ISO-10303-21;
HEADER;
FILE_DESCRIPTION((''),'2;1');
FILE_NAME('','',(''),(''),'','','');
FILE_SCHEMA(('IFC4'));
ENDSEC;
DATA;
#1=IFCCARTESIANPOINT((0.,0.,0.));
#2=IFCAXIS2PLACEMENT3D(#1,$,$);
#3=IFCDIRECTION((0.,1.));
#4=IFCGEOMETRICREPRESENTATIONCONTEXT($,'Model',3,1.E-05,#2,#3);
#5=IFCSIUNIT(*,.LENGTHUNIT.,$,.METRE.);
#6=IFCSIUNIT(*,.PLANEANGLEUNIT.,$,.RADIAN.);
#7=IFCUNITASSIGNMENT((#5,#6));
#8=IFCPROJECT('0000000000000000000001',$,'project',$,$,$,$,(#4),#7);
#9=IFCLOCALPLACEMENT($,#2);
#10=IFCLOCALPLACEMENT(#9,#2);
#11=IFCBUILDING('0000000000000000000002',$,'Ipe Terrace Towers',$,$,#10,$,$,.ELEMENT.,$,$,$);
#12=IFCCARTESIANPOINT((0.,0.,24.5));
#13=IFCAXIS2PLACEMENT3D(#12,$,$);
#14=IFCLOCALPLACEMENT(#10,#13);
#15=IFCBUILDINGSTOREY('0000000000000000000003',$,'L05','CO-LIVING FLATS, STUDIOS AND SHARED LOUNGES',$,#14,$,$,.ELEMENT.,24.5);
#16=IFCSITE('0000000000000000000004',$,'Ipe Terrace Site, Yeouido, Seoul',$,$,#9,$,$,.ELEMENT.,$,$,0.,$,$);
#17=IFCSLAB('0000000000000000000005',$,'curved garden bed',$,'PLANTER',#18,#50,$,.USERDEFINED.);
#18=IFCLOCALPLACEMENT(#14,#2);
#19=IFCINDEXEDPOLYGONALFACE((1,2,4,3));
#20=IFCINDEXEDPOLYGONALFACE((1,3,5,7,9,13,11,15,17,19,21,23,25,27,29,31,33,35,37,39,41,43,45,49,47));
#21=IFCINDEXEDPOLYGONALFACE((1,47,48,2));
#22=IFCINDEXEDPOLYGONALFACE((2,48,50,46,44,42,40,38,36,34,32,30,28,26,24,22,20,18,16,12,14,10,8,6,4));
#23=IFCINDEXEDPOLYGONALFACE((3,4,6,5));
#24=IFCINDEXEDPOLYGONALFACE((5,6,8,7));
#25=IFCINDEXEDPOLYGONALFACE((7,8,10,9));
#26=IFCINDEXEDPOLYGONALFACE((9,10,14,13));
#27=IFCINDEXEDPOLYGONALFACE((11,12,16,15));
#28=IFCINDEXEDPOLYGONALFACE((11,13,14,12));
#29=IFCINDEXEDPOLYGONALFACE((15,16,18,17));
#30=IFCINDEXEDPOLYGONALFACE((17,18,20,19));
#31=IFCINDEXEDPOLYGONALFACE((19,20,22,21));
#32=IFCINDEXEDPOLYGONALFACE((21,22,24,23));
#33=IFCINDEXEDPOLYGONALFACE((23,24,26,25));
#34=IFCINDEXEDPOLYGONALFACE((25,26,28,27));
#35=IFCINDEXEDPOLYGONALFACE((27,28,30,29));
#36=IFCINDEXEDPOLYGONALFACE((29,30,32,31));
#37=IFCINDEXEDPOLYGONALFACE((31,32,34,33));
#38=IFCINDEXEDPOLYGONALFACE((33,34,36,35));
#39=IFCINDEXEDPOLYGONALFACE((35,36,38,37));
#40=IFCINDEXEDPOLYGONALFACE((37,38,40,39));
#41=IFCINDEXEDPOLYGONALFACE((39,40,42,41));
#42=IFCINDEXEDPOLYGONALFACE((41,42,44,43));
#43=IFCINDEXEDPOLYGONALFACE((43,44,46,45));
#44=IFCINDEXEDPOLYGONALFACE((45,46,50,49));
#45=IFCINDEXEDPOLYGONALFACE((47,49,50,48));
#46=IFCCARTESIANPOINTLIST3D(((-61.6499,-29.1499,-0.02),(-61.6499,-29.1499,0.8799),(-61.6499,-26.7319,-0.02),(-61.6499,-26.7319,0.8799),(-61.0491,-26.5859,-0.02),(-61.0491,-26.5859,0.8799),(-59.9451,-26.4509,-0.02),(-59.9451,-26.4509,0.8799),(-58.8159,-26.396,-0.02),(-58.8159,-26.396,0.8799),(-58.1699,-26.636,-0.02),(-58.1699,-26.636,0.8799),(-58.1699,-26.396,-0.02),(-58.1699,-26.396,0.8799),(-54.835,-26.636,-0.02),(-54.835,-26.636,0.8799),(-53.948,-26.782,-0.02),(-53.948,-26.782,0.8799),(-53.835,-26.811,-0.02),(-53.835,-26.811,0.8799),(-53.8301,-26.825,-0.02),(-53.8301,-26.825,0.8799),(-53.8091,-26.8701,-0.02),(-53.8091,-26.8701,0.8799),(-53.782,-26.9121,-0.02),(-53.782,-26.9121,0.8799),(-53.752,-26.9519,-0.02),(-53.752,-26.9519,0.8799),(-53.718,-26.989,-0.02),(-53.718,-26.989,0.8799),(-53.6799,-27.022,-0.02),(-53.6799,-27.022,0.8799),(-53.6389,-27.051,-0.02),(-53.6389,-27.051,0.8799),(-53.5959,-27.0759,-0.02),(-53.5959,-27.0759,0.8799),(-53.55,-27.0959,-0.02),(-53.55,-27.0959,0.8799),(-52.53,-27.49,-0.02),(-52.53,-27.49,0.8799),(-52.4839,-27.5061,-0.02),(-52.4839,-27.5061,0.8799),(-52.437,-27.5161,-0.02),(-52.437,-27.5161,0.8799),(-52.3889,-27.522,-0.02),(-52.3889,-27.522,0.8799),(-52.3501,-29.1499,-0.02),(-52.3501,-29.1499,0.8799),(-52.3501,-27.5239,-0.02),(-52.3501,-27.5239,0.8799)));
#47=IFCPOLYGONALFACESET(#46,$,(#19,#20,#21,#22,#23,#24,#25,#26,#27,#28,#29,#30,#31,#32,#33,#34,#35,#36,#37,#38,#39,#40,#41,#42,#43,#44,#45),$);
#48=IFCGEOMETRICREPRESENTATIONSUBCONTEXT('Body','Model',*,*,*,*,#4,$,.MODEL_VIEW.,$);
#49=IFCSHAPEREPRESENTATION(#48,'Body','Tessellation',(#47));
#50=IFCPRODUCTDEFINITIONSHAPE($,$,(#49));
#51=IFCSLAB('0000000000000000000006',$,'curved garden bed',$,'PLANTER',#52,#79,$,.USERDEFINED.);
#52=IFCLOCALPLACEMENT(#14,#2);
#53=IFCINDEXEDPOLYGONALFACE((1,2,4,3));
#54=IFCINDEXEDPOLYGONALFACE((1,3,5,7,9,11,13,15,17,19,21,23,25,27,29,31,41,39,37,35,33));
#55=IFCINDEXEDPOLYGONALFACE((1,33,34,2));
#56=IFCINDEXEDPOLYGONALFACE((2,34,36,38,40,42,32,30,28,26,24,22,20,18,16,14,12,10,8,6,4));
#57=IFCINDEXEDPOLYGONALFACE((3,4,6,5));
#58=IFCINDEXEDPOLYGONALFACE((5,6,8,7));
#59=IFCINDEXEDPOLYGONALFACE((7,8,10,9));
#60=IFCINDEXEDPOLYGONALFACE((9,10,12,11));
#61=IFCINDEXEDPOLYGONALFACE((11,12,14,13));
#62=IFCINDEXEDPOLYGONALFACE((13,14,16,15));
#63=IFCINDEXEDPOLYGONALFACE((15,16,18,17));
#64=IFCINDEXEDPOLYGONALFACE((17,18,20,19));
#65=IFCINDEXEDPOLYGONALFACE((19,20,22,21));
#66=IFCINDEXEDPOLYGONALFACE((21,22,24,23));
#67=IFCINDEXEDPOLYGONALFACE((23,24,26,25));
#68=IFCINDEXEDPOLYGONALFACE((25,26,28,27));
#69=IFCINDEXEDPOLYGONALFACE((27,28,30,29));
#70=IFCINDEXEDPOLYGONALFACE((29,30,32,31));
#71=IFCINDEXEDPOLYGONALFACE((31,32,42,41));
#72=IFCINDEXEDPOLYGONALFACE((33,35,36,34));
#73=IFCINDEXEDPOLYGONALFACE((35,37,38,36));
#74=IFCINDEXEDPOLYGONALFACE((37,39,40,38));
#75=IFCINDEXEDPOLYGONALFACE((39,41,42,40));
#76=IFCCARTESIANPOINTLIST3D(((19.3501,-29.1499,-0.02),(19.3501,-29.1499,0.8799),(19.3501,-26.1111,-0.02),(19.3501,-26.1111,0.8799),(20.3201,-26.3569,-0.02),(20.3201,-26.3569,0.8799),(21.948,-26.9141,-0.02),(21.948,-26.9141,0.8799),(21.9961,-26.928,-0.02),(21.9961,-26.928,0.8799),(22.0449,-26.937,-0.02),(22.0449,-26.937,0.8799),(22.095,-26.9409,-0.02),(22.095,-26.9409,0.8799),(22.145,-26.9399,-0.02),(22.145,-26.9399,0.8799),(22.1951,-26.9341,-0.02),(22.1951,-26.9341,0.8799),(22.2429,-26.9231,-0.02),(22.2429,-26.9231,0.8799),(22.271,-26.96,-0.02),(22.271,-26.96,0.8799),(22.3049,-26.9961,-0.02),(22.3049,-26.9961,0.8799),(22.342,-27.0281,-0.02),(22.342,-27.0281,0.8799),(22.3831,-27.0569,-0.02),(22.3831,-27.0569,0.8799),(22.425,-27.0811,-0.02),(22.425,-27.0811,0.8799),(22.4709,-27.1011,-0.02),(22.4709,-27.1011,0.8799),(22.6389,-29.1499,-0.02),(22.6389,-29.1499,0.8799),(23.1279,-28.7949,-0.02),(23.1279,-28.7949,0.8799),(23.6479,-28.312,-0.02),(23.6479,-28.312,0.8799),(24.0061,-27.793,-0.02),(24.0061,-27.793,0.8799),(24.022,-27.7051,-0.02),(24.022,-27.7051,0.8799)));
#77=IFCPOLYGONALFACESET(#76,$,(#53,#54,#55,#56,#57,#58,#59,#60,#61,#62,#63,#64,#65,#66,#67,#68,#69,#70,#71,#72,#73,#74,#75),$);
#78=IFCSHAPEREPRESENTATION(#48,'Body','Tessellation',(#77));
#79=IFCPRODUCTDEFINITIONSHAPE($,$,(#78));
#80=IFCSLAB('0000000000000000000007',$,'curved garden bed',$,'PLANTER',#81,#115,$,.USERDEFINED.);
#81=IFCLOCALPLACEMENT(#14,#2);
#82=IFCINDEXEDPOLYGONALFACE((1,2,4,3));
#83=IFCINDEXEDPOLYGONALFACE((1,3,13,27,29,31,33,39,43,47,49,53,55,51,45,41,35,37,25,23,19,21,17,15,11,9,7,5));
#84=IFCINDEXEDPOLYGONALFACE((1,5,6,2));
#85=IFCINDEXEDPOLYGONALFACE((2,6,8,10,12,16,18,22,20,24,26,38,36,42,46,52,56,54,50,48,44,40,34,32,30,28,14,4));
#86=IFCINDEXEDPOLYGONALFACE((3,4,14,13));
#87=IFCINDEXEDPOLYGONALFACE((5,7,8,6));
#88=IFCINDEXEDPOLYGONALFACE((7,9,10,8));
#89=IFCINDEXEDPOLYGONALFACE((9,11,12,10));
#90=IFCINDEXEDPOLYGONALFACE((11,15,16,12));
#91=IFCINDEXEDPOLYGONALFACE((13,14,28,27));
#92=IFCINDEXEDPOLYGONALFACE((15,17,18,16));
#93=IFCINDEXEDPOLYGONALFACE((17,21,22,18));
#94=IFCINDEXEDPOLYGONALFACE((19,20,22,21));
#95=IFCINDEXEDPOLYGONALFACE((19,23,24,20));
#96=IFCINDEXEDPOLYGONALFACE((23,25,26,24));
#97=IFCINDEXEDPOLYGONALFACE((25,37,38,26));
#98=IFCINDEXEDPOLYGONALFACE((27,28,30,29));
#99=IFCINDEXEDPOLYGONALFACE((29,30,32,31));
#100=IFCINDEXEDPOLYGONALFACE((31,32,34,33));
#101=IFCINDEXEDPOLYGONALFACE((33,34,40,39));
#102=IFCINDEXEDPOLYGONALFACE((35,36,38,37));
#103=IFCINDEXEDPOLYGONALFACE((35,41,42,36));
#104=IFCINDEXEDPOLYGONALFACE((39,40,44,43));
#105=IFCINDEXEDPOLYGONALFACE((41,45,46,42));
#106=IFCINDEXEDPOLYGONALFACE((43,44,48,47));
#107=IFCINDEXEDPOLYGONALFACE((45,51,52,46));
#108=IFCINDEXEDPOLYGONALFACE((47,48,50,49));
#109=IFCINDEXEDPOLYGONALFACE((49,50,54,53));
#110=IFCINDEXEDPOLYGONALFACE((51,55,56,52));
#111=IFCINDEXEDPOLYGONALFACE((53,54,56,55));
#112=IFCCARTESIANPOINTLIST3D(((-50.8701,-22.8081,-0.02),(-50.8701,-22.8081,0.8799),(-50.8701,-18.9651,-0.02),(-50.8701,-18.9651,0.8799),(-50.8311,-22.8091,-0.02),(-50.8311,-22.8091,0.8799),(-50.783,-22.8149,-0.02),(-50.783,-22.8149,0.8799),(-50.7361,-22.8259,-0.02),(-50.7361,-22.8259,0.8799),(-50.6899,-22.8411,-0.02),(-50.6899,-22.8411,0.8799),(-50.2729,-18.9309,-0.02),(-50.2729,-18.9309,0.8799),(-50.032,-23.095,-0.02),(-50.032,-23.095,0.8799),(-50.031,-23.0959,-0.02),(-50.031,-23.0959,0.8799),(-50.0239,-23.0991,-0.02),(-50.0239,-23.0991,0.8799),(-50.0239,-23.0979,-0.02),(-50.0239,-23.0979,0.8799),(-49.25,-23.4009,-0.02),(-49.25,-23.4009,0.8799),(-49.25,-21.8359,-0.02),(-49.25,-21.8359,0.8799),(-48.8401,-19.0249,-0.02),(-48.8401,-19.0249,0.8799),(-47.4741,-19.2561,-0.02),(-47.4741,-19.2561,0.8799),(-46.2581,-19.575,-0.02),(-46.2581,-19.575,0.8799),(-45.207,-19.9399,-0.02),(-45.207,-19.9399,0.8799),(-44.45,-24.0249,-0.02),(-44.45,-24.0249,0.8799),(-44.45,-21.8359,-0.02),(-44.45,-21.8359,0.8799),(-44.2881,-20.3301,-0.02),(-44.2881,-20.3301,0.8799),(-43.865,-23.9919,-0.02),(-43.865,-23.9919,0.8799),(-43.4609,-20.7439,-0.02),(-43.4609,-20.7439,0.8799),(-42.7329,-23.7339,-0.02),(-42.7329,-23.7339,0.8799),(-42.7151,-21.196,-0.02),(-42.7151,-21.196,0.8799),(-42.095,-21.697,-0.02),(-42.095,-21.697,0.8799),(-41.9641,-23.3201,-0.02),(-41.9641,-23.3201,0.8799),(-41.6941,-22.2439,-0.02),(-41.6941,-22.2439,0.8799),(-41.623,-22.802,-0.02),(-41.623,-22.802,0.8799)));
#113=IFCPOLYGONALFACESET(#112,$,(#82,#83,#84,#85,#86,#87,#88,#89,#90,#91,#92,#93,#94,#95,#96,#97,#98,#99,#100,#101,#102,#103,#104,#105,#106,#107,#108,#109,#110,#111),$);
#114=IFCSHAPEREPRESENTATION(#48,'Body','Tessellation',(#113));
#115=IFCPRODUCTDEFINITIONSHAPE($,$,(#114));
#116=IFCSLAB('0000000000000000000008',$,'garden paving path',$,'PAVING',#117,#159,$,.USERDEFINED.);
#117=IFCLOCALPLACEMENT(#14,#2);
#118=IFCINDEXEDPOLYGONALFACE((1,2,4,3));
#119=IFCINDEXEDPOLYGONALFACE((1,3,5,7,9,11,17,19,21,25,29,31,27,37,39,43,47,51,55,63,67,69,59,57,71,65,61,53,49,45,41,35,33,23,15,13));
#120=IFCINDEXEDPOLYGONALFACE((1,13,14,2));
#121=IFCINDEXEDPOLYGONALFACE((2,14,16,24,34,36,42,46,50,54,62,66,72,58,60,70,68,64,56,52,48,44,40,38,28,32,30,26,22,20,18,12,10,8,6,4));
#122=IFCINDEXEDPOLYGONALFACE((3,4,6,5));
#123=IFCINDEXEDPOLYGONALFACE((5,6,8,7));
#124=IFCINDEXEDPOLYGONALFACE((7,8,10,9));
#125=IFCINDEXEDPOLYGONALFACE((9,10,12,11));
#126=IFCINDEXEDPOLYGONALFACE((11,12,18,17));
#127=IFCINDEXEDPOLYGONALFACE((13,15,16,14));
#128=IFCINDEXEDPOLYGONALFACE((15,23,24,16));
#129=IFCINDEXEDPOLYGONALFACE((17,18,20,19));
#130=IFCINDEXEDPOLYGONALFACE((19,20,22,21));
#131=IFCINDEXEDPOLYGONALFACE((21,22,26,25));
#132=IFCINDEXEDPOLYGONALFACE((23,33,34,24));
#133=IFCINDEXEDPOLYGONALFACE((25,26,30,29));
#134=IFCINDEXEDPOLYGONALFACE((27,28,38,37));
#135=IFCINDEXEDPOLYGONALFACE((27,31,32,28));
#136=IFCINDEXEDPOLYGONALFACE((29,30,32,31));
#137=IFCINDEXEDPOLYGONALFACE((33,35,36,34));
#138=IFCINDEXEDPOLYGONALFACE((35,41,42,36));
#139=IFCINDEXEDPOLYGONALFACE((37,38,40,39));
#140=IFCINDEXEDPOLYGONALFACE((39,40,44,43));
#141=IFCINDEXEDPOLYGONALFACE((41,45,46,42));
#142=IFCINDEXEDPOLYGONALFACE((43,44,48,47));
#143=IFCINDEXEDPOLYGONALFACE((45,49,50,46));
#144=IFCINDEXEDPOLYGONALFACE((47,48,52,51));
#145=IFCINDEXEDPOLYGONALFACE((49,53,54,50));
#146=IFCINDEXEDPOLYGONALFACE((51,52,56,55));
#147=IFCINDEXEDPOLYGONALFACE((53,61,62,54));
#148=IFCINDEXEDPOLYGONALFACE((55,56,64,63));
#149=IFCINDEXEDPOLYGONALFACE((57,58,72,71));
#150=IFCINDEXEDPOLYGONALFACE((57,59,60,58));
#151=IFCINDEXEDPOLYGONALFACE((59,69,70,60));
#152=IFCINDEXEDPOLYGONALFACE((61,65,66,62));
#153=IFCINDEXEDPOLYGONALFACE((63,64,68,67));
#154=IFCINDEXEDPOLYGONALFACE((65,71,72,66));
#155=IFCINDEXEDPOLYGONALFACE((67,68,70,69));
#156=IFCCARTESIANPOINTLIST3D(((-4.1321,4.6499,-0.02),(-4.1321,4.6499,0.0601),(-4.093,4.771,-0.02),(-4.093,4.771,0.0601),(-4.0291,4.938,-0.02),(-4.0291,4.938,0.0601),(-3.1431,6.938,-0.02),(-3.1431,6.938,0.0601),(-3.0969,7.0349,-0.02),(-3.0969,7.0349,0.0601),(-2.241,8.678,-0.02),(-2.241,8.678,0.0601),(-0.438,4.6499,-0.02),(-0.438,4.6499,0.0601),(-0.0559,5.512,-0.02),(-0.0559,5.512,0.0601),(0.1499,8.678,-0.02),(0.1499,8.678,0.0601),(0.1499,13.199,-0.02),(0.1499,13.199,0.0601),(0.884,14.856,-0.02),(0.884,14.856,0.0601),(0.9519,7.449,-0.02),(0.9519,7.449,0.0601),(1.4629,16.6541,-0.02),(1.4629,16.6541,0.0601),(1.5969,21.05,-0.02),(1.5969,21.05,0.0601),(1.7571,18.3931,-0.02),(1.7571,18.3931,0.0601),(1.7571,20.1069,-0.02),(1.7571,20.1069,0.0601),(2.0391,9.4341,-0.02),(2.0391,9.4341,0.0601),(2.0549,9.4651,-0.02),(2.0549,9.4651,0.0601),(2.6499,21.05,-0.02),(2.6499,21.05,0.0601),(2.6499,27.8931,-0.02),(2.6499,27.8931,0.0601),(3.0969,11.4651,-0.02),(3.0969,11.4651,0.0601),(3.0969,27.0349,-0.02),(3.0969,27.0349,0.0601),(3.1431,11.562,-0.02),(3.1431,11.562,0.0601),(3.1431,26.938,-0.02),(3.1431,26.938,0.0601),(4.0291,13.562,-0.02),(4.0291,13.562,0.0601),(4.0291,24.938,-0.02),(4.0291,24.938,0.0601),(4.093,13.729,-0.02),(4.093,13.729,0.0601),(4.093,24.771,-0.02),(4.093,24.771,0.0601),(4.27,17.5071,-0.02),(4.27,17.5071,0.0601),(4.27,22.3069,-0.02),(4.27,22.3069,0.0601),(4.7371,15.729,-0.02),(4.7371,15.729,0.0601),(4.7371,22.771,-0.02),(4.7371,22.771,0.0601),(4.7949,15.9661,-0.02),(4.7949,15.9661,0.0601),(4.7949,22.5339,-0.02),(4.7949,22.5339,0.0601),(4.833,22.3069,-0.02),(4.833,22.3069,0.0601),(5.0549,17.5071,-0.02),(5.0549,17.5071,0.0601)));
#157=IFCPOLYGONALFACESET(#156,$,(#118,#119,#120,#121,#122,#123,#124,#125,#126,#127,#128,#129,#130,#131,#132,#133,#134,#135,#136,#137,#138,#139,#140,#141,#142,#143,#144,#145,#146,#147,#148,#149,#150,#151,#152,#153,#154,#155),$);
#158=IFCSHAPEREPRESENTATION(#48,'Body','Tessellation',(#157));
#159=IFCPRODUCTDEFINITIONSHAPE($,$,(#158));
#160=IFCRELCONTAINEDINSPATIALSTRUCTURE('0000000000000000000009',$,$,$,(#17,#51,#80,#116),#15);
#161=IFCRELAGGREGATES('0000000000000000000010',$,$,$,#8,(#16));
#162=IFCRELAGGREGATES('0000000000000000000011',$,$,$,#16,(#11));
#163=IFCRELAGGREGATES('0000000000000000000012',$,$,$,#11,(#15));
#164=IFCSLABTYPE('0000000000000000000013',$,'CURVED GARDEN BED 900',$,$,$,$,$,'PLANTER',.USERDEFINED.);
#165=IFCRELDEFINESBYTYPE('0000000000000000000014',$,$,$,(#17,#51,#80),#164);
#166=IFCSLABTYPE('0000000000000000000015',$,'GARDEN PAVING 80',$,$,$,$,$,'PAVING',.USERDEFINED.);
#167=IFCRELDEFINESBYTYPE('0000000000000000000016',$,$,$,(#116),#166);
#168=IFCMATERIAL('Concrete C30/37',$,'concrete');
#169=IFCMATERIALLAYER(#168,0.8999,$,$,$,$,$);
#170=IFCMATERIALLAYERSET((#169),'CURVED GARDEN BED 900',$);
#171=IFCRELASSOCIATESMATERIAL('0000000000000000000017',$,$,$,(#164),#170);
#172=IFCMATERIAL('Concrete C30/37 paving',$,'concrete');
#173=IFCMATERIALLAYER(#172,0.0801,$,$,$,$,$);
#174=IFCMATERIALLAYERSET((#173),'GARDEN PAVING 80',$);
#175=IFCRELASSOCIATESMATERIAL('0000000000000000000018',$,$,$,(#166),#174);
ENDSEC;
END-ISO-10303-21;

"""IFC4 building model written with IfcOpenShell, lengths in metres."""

from ifc_helpers import new_model, si_unit, direction, frame, origin, place, context, subcontext, project, spatial, polyline, outline, extrude, material, layer, layer_set, type_object, element, save


model = new_model("IFC4")

# Units and contexts
model_context = context("Model", 3, precision=1e-05, world=origin(), true_north=direction((0.0, 1.0)))
body_context = subcontext(model_context, "Body", "Model", "MODEL_VIEW")
ifc_project = project(units=[si_unit("LENGTHUNIT", "METRE"), si_unit("PLANEANGLEUNIT", "RADIAN")], contexts=[model_context])

# Site, building, storey
site_placement = place(None, origin())
site = spatial("IfcSite", under=ifc_project, at=site_placement, Name="Ipe Terrace Site, Yeouido, Seoul", CompositionType="ELEMENT", RefElevation=0.0)
building_placement = place(site_placement, origin())
building = spatial("IfcBuilding", under=site, at=building_placement, Name="Ipe Terrace Towers", CompositionType="ELEMENT")
storey_placement = place(building_placement, frame((0.0, 0.0, 24.5)))
storey = spatial("IfcBuildingStorey", under=building, at=storey_placement, Name="L05", Description="CO-LIVING FLATS, STUDIOS AND SHARED LOUNGES", CompositionType="ELEMENT", Elevation=24.5)

# Slabs
ifc_material_1 = material(Name="Concrete C30/37", Category="concrete")
ifc_layer_1 = layer(ifc_material_1, 0.8999)
ifc_layer_set_1 = layer_set([ifc_layer_1], Name="CURVED GARDEN BED 900")
slab_type_1 = type_object("IfcSlabType", Name="CURVED GARDEN BED 900", ElementType="PLANTER", PredefinedType="USERDEFINED", material=ifc_layer_set_1)
slab_1_placement = place(storey_placement, frame((0.0, 0.0, -0.02)))
element("IfcSlab", 1, at=slab_1_placement, inside=storey, type_object=slab_type_1, Name="curved garden bed", ObjectType="PLANTER", PredefinedType="USERDEFINED", context=body_context, shape_type="SweptSolid", body=[
    extrude(outline(polyline([(-53.8301, -26.825), (-53.8091, -26.8701), (-53.782, -26.9121), (-53.752, -26.9519), (-53.718, -26.989), (-53.6799, -27.022), (-53.6389, -27.051), (-53.5959, -27.0759), (-53.55, -27.0959), (-52.53, -27.49), (-52.4839, -27.5061), (-52.437, -27.5161), (-52.3889, -27.522), (-52.3501, -27.5239), (-52.3501, -29.1499), (-61.6499, -29.1499), (-61.6499, -26.7319), (-61.0491, -26.5859), (-59.9451, -26.4509), (-58.8159, -26.396), (-58.1699, -26.396), (-58.1699, -26.636), (-54.835, -26.636), (-53.948, -26.782), (-53.835, -26.811), (-53.8301, -26.825)])), origin(), (0.0, 0.0, 1.0), 0.8999),
])
slab_2_placement = place(storey_placement, frame((0.0, 0.0, -0.02)))
element("IfcSlab", 2, at=slab_2_placement, inside=storey, type_object=slab_type_1, Name="curved garden bed", ObjectType="PLANTER", PredefinedType="USERDEFINED", context=body_context, shape_type="SweptSolid", body=[
    extrude(outline(polyline([(23.6479, -28.312), (23.1279, -28.7949), (22.6389, -29.1499), (19.3501, -29.1499), (19.3501, -26.1111), (20.3201, -26.3569), (21.948, -26.9141), (21.9961, -26.928), (22.0449, -26.937), (22.095, -26.9409), (22.145, -26.9399), (22.1951, -26.9341), (22.2429, -26.9231), (22.271, -26.96), (22.3049, -26.9961), (22.342, -27.0281), (22.3831, -27.0569), (22.425, -27.0811), (22.4709, -27.1011), (24.022, -27.7051), (24.0061, -27.793), (23.6479, -28.312)])), origin(), (0.0, 0.0, 1.0), 0.8999),
])
slab_3_placement = place(storey_placement, frame((0.0, 0.0, -0.02)))
element("IfcSlab", 3, at=slab_3_placement, inside=storey, type_object=slab_type_1, Name="curved garden bed", ObjectType="PLANTER", PredefinedType="USERDEFINED", context=body_context, shape_type="SweptSolid", body=[
    extrude(outline(polyline([(-47.4741, -19.2561), (-46.2581, -19.575), (-45.207, -19.9399), (-44.2881, -20.3301), (-43.4609, -20.7439), (-42.7151, -21.196), (-42.095, -21.697), (-41.6941, -22.2439), (-41.623, -22.802), (-41.9641, -23.3201), (-42.7329, -23.7339), (-43.865, -23.9919), (-44.45, -24.0249), (-44.45, -21.8359), (-49.25, -21.8359), (-49.25, -23.4009), (-50.0239, -23.0991), (-50.0239, -23.0979), (-50.031, -23.0959), (-50.032, -23.095), (-50.6899, -22.8411), (-50.7361, -22.8259), (-50.783, -22.8149), (-50.8311, -22.8091), (-50.8701, -22.8081), (-50.8701, -18.9651), (-50.2729, -18.9309), (-48.8401, -19.0249), (-47.4741, -19.2561)])), origin(), (0.0, 0.0, 1.0), 0.8999),
])
ifc_material_2 = material(Name="Concrete C30/37 paving", Category="concrete")
ifc_layer_2 = layer(ifc_material_2, 0.0801)
ifc_layer_set_2 = layer_set([ifc_layer_2], Name="GARDEN PAVING 80")
slab_type_2 = type_object("IfcSlabType", Name="GARDEN PAVING 80", ElementType="PAVING", PredefinedType="USERDEFINED", material=ifc_layer_set_2)
slab_4_placement = place(storey_placement, frame((0.0, 0.0, -0.02)))
element("IfcSlab", 4, at=slab_4_placement, inside=storey, type_object=slab_type_2, Name="garden paving path", ObjectType="PAVING", PredefinedType="USERDEFINED", context=body_context, shape_type="SweptSolid", body=[
    extrude(outline(polyline([(-4.093, 4.771), (-4.0291, 4.938), (-3.1431, 6.938), (-3.0969, 7.0349), (-2.241, 8.678), (0.1499, 8.678), (0.1499, 13.199), (0.884, 14.856), (1.4629, 16.6541), (1.7571, 18.3931), (1.7571, 20.1069), (1.5969, 21.05), (2.6499, 21.05), (2.6499, 27.8931), (3.0969, 27.0349), (3.1431, 26.938), (4.0291, 24.938), (4.093, 24.771), (4.7371, 22.771), (4.7949, 22.5339), (4.833, 22.3069), (4.27, 22.3069), (4.27, 17.5071), (5.0549, 17.5071), (4.7949, 15.9661), (4.7371, 15.729), (4.093, 13.729), (4.0291, 13.562), (3.1431, 11.562), (3.0969, 11.4651), (2.0549, 9.4651), (2.0391, 9.4341), (0.9519, 7.449), (-0.0559, 5.512), (-0.438, 4.6499), (-4.1321, 4.6499), (-4.093, 4.771)])), origin(), (0.0, 0.0, 1.0), 0.0801),
])

save(model, "model.ifc")
